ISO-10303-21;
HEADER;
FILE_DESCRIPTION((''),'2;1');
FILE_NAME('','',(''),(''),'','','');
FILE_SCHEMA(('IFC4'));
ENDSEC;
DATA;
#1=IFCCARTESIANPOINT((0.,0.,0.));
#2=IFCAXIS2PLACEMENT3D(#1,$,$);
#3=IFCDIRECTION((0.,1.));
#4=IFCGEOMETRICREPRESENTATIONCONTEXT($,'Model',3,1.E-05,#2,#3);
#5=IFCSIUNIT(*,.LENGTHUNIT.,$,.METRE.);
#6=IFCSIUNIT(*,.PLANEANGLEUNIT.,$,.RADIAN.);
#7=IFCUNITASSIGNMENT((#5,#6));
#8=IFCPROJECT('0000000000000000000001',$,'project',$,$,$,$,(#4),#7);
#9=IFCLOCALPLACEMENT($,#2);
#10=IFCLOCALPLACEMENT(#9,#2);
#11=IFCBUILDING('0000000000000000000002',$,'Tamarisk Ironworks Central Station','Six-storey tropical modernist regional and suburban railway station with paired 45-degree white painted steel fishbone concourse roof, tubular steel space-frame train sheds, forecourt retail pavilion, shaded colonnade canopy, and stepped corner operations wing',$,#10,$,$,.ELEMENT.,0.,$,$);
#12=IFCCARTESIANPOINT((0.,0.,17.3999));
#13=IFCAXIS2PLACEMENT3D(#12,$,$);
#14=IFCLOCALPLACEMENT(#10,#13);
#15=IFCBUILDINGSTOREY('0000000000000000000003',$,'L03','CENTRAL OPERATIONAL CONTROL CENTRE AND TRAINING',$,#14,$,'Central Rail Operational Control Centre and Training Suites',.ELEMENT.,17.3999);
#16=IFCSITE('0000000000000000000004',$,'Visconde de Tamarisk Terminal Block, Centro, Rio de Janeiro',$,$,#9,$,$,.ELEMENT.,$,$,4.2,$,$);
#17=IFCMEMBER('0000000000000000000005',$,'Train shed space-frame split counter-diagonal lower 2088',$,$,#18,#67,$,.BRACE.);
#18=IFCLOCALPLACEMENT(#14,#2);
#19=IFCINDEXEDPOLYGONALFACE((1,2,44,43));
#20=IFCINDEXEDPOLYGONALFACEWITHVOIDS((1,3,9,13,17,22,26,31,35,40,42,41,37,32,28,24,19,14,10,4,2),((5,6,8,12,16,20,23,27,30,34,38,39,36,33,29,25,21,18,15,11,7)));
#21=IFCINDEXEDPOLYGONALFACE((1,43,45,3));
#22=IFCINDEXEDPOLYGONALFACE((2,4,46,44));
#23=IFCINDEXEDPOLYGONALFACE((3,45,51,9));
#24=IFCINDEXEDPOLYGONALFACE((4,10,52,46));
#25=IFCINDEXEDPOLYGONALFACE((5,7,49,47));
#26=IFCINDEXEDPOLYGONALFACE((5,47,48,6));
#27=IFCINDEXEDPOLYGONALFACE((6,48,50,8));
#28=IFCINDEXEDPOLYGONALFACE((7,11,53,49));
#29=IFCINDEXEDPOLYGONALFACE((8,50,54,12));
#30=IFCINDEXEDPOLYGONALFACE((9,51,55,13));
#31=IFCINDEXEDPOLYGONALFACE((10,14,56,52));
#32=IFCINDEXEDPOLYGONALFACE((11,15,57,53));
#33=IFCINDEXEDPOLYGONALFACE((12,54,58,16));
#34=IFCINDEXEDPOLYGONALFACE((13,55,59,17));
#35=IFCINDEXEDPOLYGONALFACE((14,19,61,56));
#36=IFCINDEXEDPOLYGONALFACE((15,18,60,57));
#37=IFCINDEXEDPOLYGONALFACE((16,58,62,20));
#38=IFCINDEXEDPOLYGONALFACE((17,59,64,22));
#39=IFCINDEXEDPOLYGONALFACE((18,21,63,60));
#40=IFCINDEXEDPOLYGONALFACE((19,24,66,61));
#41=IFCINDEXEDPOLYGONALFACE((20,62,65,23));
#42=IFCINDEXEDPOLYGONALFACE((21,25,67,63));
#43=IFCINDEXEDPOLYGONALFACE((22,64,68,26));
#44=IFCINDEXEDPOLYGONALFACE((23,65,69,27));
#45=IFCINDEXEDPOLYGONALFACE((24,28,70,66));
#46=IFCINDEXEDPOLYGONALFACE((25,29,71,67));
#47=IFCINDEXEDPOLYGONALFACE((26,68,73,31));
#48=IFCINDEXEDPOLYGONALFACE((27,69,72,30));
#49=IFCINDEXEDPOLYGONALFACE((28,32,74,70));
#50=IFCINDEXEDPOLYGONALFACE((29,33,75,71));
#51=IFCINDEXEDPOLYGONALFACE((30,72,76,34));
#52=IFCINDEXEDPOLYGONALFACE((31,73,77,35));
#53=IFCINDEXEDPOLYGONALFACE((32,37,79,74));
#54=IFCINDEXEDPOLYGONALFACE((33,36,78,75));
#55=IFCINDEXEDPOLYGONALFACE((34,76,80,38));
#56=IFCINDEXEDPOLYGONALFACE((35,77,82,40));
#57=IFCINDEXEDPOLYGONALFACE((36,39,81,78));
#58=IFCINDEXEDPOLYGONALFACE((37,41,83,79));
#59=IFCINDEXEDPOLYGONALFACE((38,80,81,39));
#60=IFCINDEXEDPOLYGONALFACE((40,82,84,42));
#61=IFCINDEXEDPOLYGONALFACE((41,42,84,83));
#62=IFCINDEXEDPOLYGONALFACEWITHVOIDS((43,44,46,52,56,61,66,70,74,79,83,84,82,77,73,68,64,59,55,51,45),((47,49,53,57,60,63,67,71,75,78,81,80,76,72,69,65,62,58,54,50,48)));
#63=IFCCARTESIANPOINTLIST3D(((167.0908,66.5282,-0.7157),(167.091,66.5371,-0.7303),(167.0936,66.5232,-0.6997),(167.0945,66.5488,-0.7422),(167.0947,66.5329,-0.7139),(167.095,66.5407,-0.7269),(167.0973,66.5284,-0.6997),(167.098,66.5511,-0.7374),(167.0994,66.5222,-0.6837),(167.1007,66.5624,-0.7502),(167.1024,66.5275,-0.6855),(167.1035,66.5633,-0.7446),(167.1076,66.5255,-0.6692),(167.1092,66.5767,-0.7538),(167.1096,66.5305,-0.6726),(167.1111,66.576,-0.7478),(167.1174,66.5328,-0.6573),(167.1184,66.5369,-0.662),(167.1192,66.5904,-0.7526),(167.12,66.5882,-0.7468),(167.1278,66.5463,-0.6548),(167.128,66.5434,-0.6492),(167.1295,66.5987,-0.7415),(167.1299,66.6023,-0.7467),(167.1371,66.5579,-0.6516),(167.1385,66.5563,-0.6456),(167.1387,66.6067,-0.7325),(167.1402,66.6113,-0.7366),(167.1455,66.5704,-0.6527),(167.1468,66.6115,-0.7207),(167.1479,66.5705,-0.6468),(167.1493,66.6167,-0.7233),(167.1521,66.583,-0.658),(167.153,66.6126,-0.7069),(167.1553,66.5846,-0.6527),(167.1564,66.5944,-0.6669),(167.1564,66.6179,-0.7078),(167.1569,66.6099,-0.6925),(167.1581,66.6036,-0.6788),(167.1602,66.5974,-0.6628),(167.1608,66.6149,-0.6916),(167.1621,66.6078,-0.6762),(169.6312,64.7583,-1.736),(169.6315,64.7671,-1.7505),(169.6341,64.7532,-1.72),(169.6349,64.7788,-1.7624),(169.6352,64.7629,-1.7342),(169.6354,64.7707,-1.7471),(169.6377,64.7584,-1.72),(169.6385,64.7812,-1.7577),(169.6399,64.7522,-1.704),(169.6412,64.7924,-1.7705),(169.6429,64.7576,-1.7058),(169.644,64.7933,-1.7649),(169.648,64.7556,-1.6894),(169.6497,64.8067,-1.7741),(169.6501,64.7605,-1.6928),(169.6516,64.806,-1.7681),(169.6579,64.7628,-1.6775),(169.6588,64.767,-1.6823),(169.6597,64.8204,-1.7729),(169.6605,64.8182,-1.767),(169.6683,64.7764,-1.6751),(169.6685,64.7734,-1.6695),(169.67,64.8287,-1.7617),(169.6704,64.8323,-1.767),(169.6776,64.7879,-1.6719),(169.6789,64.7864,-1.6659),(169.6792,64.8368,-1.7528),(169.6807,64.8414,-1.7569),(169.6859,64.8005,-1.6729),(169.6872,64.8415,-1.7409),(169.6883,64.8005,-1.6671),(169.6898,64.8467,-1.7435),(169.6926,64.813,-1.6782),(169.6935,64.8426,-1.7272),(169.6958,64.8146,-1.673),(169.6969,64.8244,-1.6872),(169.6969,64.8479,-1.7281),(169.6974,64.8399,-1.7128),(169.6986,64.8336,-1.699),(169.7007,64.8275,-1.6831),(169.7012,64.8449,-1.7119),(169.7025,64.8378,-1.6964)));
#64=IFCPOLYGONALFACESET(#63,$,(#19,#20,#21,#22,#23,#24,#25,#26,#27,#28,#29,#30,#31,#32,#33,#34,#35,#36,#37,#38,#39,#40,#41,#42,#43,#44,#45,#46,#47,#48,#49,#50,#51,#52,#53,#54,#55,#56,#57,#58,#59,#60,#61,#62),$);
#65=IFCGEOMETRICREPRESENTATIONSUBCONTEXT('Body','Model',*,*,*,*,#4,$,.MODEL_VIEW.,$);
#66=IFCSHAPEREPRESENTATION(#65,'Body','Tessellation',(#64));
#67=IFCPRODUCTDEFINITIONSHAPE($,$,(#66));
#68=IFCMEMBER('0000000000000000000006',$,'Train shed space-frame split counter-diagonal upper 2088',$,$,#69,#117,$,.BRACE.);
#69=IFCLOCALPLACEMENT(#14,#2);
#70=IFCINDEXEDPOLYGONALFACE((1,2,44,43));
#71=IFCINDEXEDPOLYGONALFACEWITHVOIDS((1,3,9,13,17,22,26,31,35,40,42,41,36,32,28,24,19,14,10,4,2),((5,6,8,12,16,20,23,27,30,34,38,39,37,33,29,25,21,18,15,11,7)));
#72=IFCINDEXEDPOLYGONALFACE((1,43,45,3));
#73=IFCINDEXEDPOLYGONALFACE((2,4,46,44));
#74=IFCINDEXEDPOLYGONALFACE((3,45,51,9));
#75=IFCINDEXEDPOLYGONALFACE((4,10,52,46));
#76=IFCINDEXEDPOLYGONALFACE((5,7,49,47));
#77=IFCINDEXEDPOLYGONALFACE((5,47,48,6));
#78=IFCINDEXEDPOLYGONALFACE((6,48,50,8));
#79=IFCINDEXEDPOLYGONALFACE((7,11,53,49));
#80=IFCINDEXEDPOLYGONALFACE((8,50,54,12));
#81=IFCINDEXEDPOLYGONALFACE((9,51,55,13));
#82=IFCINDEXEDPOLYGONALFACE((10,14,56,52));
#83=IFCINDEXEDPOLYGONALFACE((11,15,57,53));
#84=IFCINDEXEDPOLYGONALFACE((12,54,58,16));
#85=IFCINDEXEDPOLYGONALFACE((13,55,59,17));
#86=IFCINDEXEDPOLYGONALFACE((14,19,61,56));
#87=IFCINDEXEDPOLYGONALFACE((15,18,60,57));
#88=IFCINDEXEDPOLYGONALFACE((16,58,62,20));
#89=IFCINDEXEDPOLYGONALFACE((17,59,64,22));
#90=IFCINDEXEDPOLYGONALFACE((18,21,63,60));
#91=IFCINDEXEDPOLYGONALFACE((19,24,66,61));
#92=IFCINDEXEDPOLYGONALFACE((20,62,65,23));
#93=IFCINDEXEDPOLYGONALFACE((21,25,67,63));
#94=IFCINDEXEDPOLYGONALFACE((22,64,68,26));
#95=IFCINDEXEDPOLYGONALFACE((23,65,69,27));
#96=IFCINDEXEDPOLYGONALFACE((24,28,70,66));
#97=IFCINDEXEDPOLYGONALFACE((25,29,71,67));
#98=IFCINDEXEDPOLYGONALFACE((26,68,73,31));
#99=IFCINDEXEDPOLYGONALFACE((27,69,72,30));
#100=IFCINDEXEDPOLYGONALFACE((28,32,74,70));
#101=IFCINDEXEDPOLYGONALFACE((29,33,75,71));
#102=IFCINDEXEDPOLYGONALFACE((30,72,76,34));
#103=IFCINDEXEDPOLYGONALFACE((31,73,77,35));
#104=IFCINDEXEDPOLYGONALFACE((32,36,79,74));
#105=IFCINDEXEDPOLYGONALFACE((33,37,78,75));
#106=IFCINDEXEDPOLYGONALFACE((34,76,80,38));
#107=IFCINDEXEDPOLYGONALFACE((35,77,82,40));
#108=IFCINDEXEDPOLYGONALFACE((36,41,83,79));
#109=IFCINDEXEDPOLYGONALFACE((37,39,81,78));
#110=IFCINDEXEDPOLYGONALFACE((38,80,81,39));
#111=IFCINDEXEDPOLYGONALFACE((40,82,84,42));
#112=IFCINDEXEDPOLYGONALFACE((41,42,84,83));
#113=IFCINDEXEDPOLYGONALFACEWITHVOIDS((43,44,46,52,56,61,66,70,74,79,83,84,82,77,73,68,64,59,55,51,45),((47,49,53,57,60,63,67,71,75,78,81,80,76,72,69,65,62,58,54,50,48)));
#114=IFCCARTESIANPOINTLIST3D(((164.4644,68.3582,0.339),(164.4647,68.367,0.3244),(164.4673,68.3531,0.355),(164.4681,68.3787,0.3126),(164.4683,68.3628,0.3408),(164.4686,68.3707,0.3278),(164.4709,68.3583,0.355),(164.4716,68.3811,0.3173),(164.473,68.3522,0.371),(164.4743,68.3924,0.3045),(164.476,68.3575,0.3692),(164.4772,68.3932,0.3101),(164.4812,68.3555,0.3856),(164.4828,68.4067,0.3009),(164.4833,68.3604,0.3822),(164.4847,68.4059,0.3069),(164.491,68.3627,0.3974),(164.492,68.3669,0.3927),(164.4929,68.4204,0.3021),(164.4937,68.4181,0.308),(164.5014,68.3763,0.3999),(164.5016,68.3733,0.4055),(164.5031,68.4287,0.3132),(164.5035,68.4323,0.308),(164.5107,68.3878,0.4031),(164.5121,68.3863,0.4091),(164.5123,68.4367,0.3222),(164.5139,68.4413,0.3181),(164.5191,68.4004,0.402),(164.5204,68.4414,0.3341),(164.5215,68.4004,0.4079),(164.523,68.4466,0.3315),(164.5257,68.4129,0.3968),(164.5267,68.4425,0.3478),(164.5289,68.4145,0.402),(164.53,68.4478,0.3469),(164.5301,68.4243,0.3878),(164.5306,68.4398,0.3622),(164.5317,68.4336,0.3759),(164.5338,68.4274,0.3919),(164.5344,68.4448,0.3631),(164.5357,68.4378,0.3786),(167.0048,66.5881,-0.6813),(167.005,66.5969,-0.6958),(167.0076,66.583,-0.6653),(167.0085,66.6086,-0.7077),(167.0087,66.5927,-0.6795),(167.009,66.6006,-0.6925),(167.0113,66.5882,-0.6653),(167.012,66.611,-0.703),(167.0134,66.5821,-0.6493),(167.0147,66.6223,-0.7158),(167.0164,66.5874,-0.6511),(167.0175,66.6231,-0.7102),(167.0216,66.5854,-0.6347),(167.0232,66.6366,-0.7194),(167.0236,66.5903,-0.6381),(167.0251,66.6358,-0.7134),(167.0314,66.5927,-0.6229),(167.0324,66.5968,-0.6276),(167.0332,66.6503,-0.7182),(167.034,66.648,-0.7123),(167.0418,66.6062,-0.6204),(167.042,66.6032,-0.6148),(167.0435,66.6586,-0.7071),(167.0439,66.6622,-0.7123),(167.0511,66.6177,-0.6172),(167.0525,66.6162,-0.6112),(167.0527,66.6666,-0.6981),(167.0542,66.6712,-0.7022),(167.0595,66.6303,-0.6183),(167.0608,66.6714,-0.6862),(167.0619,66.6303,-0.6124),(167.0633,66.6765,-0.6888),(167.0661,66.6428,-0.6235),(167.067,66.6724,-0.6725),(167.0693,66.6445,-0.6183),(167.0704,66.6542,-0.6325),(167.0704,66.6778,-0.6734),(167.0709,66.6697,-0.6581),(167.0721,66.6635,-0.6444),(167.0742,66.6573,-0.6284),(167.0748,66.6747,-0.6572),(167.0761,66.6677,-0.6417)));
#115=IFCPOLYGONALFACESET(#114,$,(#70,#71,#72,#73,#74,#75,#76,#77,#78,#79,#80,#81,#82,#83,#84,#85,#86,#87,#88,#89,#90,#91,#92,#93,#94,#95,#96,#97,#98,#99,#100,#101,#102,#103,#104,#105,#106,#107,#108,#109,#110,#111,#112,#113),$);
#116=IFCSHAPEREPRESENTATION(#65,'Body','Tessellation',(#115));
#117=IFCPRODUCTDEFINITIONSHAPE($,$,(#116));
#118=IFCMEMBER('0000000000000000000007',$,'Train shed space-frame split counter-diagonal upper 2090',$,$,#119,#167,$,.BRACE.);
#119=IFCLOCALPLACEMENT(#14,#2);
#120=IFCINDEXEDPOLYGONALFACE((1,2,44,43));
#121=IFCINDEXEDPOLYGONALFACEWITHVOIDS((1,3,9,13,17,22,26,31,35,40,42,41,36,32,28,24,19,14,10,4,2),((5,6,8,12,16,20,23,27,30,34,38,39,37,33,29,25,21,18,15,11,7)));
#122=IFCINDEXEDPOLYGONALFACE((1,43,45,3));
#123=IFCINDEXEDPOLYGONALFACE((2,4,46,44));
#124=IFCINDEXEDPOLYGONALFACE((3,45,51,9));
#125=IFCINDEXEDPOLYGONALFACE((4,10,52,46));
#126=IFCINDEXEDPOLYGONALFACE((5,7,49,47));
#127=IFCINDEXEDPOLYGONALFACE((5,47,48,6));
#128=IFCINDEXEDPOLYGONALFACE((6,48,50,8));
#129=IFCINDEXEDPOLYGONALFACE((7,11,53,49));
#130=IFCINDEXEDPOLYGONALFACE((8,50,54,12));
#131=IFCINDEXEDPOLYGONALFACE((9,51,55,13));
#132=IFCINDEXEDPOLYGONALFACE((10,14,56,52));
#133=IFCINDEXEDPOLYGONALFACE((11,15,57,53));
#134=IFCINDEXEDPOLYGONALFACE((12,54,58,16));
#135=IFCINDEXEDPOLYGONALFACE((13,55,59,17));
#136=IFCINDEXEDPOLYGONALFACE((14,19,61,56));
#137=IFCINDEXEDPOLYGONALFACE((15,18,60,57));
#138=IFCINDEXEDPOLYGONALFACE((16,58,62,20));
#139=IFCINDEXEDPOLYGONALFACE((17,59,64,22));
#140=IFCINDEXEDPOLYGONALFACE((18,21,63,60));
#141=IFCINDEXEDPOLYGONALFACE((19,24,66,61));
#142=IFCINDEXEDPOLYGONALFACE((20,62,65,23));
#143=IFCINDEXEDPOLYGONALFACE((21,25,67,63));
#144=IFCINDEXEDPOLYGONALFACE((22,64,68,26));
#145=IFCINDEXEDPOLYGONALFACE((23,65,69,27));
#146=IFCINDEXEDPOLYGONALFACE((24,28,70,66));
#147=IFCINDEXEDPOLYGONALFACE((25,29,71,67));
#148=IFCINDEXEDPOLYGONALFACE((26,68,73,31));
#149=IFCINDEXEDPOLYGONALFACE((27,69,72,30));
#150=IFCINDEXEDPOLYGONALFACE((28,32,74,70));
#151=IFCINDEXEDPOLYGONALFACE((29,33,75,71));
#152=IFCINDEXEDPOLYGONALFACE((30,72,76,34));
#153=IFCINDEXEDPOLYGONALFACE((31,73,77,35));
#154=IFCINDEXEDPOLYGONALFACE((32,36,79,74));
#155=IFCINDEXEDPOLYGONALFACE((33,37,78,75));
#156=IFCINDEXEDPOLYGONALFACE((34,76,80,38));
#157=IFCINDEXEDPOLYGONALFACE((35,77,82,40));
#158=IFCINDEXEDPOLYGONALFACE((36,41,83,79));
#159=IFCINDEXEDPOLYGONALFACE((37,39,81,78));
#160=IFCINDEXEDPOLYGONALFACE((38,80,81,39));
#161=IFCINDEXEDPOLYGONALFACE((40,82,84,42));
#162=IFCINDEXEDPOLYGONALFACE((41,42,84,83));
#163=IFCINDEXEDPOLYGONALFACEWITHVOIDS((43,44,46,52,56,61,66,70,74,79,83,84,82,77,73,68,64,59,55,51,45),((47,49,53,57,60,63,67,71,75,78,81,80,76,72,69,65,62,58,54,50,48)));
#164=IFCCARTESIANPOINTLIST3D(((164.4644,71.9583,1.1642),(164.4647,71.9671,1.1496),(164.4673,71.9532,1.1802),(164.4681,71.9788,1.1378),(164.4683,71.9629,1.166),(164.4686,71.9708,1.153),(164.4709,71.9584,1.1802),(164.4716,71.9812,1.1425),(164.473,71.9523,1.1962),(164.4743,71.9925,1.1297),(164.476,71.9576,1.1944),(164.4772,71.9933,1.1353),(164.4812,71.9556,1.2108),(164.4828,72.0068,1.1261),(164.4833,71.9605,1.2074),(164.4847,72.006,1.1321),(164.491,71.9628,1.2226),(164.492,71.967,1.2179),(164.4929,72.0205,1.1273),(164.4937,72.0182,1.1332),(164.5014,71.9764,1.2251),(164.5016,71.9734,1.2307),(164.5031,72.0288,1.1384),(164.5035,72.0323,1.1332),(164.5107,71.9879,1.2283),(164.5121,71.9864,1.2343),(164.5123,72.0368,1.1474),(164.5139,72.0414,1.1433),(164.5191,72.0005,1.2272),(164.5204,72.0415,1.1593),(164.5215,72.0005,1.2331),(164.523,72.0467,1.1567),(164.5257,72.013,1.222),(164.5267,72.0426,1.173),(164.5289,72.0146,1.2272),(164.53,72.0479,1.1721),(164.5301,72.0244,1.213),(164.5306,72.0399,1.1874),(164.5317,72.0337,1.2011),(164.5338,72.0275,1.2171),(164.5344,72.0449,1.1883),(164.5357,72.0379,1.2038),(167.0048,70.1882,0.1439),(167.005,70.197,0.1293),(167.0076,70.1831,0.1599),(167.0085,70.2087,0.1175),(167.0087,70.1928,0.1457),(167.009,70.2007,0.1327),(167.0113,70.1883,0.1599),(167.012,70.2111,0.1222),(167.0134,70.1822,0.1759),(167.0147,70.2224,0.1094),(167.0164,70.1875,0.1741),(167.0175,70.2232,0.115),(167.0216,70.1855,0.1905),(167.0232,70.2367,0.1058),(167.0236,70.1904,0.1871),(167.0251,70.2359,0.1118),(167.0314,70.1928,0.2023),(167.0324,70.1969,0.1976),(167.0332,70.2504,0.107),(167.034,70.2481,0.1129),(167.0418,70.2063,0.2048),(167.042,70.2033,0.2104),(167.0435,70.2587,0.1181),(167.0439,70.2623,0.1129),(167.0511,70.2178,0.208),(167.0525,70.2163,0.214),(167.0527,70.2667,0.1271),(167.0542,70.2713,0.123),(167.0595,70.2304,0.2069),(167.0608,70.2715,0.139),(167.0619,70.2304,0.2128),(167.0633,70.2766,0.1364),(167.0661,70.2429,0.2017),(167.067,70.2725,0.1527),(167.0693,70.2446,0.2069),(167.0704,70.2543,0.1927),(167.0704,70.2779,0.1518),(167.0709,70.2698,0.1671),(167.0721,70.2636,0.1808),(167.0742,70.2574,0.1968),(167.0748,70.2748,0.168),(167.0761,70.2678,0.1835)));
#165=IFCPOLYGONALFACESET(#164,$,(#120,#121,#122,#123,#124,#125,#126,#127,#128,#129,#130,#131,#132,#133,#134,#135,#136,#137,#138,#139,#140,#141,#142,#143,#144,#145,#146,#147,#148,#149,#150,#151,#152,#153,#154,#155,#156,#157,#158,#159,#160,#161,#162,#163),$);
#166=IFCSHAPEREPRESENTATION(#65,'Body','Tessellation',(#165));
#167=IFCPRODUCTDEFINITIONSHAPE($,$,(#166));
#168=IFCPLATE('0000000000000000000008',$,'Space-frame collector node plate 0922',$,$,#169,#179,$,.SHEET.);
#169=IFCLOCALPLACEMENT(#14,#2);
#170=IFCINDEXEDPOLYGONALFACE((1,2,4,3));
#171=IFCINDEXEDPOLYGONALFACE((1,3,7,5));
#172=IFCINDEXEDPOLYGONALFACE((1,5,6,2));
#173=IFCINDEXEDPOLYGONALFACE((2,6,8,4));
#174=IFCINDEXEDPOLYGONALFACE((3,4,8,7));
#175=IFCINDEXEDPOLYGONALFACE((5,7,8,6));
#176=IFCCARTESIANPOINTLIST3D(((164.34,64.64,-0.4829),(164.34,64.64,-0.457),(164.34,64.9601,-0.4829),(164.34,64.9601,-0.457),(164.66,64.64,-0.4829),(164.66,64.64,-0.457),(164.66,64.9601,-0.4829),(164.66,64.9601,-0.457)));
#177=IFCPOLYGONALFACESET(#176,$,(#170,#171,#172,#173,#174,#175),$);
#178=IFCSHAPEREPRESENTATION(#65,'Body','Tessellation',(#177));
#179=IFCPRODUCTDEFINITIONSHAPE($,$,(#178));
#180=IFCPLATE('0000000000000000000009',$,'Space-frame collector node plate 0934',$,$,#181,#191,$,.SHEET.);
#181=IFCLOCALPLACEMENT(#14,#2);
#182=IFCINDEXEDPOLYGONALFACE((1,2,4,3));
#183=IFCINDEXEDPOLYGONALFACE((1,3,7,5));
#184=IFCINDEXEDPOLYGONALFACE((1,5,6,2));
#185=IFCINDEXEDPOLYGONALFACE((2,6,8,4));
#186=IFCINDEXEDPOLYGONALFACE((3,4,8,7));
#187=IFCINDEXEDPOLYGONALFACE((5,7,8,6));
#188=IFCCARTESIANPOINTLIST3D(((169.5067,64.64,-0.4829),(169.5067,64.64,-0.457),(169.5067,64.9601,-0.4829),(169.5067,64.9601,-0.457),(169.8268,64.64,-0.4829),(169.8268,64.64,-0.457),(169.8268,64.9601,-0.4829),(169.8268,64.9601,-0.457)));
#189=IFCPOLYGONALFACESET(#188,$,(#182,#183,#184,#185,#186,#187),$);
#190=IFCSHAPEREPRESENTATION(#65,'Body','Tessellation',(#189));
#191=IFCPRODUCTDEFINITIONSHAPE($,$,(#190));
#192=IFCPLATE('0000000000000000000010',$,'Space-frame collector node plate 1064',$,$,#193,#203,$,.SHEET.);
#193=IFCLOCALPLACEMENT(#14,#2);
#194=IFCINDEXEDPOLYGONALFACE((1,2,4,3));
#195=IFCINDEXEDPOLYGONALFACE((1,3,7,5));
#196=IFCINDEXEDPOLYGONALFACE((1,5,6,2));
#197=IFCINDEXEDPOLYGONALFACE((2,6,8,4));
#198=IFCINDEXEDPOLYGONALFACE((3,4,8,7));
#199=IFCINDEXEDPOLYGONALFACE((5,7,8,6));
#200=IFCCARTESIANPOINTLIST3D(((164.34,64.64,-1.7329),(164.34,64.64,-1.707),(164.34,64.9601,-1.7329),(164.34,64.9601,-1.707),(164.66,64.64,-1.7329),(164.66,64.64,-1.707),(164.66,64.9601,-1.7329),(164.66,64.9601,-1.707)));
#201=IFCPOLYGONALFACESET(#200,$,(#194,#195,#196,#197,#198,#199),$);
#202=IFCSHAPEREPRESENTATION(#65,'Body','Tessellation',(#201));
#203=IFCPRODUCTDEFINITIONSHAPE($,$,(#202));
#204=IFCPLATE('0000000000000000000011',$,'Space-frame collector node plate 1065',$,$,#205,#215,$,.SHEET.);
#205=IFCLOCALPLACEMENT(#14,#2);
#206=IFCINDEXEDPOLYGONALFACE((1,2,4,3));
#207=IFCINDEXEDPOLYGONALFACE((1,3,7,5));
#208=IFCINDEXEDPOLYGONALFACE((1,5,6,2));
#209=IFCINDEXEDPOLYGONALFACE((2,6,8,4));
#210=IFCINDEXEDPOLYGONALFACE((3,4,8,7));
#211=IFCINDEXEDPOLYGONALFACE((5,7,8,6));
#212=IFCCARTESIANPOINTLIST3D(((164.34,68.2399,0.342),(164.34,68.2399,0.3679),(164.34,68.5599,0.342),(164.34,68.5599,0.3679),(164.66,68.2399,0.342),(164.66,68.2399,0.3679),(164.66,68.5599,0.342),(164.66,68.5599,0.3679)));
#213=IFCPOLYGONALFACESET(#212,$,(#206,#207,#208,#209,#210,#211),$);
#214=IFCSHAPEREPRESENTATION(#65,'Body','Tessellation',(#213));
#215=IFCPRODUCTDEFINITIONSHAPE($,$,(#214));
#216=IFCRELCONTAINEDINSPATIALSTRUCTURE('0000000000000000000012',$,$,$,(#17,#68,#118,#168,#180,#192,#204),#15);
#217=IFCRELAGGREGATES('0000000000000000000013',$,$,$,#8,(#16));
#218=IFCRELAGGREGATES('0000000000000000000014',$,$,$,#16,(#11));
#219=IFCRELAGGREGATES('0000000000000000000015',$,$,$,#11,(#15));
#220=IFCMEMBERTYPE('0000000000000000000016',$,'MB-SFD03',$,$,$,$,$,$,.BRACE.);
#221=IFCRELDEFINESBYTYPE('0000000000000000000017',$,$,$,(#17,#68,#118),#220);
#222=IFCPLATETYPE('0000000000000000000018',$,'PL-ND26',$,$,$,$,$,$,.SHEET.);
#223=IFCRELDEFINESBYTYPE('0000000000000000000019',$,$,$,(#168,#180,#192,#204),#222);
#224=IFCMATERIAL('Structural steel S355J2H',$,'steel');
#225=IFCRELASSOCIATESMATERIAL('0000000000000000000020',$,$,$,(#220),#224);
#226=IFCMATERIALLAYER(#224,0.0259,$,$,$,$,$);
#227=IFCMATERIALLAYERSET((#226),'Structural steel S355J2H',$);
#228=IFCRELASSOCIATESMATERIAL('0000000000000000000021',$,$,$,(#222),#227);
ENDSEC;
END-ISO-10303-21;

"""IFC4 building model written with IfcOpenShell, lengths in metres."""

from ifc_helpers import new_model, si_unit, direction, frame, origin, origin_2d, place, context, subcontext, project, spatial, rectangle, hollow_circle, extrude, material, layer, layer_set, material_profile, profile_set, type_object, element, save


model = new_model("IFC4")

# Units and contexts
model_context = context("Model", 3, precision=1e-05, world=origin(), true_north=direction((0.0, 1.0)))
body_context = subcontext(model_context, "Body", "Model", "MODEL_VIEW")
ifc_project = project(units=[si_unit("LENGTHUNIT", "METRE"), si_unit("PLANEANGLEUNIT", "RADIAN")], contexts=[model_context])

# Site, building, storey
site_placement = place(None, origin())
site = spatial("IfcSite", under=ifc_project, at=site_placement, Name="Visconde de Tamarisk Terminal Block, Centro, Rio de Janeiro", CompositionType="ELEMENT", RefElevation=4.2)
building_placement = place(site_placement, origin())
building = spatial("IfcBuilding", under=site, at=building_placement, Name="Tamarisk Ironworks Central Station", Description="Six-storey tropical modernist regional and suburban railway station with paired 45-degree white painted steel fishbone concourse roof, tubular steel space-frame train sheds, forecourt retail pavilion, shaded colonnade canopy, and stepped corner operations wing", CompositionType="ELEMENT", ElevationOfRefHeight=0.0)
storey_placement = place(building_placement, frame((0.0, 0.0, 17.3999)))
storey = spatial("IfcBuildingStorey", under=building, at=storey_placement, Name="L03", Description="CENTRAL OPERATIONAL CONTROL CENTRE AND TRAINING", LongName="Central Rail Operational Control Centre and Training Suites", CompositionType="ELEMENT", Elevation=17.3999)

# Members
ifc_material_1 = material(Name="Structural steel S355J2H", Category="steel")
ifc_material_profile_1 = material_profile(ifc_material_1, hollow_circle(Radius=0.0571, WallThickness=0.0063, at=origin_2d()), Name="CHS 114.3x6.3")
ifc_profile_set_1 = profile_set([ifc_material_profile_1], Name="Structural steel S355J2H")
member_type_1 = type_object("IfcMemberType", Name="MB-SFD03", PredefinedType="BRACE", material=ifc_profile_set_1)
for number, where, z_axis, x_axis, name in (
    (1, (169.6667, 64.8, -1.72), (-0.779281, 0.542936, 0.312956), (-0.571651, -0.820497, 0.0), "Train shed space-frame split counter-diagonal lower 2088"),
    (2, (167.0403, 66.6299, -0.6653), (-0.779252, 0.542967, 0.312974), (-0.571688, -0.820471, 0.0), "Train shed space-frame split counter-diagonal upper 2088"),
    (3, (167.0403, 70.23, 0.1599), (-0.779252, 0.542967, 0.312974), (-0.571688, -0.820471, 0.0), "Train shed space-frame split counter-diagonal upper 2090"),
):
    element("IfcMember", number, at=place(storey_placement, frame(where, z_axis=z_axis, x_axis=x_axis)), inside=storey, type_object=member_type_1, Name=name, PredefinedType="BRACE", context=body_context, shape_type="SweptSolid", body=[
        extrude(hollow_circle(Radius=0.0571, WallThickness=0.0063, at=origin_2d()), origin(), (0.0, 0.0, 1.0), 3.26),
    ])

# Plates
ifc_layer = layer(ifc_material_1, 0.0259)
ifc_layer_set = layer_set([ifc_layer], Name="Structural steel S355J2H")
plate_type = type_object("IfcPlateType", Name="PL-ND26", PredefinedType="SHEET", material=ifc_layer_set)
for number, where, z_axis, x_axis, name in (
    (4, (164.5, 64.8, -0.4829), (0.0, 0.0, 1.0), (1.0, 0.0, 0.0), "Space-frame collector node plate 0922"),
    (5, (169.6667, 64.8, -0.4829), (0.0, 0.0, 1.0), (1.0, 0.0, 0.0), "Space-frame collector node plate 0934"),
    (6, (164.5, 64.8, -1.7329), (0.0, 0.0, 1.0), (1.0, 0.0, 0.0), "Space-frame collector node plate 1064"),
    (7, (164.5, 68.3999, 0.342), (0.0, 0.0, 1.0), (1.0, 0.0, 0.0), "Space-frame collector node plate 1065"),
):
    element("IfcPlate", number, at=place(storey_placement, frame(where, z_axis=z_axis, x_axis=x_axis)), inside=storey, type_object=plate_type, Name=name, PredefinedType="SHEET", context=body_context, shape_type="SweptSolid", body=[
        extrude(rectangle(XDim=0.3201, YDim=0.3201, at=origin_2d()), origin(), (0.0, 0.0, 1.0), 0.0259),
    ])

save(model, "model.ifc")
